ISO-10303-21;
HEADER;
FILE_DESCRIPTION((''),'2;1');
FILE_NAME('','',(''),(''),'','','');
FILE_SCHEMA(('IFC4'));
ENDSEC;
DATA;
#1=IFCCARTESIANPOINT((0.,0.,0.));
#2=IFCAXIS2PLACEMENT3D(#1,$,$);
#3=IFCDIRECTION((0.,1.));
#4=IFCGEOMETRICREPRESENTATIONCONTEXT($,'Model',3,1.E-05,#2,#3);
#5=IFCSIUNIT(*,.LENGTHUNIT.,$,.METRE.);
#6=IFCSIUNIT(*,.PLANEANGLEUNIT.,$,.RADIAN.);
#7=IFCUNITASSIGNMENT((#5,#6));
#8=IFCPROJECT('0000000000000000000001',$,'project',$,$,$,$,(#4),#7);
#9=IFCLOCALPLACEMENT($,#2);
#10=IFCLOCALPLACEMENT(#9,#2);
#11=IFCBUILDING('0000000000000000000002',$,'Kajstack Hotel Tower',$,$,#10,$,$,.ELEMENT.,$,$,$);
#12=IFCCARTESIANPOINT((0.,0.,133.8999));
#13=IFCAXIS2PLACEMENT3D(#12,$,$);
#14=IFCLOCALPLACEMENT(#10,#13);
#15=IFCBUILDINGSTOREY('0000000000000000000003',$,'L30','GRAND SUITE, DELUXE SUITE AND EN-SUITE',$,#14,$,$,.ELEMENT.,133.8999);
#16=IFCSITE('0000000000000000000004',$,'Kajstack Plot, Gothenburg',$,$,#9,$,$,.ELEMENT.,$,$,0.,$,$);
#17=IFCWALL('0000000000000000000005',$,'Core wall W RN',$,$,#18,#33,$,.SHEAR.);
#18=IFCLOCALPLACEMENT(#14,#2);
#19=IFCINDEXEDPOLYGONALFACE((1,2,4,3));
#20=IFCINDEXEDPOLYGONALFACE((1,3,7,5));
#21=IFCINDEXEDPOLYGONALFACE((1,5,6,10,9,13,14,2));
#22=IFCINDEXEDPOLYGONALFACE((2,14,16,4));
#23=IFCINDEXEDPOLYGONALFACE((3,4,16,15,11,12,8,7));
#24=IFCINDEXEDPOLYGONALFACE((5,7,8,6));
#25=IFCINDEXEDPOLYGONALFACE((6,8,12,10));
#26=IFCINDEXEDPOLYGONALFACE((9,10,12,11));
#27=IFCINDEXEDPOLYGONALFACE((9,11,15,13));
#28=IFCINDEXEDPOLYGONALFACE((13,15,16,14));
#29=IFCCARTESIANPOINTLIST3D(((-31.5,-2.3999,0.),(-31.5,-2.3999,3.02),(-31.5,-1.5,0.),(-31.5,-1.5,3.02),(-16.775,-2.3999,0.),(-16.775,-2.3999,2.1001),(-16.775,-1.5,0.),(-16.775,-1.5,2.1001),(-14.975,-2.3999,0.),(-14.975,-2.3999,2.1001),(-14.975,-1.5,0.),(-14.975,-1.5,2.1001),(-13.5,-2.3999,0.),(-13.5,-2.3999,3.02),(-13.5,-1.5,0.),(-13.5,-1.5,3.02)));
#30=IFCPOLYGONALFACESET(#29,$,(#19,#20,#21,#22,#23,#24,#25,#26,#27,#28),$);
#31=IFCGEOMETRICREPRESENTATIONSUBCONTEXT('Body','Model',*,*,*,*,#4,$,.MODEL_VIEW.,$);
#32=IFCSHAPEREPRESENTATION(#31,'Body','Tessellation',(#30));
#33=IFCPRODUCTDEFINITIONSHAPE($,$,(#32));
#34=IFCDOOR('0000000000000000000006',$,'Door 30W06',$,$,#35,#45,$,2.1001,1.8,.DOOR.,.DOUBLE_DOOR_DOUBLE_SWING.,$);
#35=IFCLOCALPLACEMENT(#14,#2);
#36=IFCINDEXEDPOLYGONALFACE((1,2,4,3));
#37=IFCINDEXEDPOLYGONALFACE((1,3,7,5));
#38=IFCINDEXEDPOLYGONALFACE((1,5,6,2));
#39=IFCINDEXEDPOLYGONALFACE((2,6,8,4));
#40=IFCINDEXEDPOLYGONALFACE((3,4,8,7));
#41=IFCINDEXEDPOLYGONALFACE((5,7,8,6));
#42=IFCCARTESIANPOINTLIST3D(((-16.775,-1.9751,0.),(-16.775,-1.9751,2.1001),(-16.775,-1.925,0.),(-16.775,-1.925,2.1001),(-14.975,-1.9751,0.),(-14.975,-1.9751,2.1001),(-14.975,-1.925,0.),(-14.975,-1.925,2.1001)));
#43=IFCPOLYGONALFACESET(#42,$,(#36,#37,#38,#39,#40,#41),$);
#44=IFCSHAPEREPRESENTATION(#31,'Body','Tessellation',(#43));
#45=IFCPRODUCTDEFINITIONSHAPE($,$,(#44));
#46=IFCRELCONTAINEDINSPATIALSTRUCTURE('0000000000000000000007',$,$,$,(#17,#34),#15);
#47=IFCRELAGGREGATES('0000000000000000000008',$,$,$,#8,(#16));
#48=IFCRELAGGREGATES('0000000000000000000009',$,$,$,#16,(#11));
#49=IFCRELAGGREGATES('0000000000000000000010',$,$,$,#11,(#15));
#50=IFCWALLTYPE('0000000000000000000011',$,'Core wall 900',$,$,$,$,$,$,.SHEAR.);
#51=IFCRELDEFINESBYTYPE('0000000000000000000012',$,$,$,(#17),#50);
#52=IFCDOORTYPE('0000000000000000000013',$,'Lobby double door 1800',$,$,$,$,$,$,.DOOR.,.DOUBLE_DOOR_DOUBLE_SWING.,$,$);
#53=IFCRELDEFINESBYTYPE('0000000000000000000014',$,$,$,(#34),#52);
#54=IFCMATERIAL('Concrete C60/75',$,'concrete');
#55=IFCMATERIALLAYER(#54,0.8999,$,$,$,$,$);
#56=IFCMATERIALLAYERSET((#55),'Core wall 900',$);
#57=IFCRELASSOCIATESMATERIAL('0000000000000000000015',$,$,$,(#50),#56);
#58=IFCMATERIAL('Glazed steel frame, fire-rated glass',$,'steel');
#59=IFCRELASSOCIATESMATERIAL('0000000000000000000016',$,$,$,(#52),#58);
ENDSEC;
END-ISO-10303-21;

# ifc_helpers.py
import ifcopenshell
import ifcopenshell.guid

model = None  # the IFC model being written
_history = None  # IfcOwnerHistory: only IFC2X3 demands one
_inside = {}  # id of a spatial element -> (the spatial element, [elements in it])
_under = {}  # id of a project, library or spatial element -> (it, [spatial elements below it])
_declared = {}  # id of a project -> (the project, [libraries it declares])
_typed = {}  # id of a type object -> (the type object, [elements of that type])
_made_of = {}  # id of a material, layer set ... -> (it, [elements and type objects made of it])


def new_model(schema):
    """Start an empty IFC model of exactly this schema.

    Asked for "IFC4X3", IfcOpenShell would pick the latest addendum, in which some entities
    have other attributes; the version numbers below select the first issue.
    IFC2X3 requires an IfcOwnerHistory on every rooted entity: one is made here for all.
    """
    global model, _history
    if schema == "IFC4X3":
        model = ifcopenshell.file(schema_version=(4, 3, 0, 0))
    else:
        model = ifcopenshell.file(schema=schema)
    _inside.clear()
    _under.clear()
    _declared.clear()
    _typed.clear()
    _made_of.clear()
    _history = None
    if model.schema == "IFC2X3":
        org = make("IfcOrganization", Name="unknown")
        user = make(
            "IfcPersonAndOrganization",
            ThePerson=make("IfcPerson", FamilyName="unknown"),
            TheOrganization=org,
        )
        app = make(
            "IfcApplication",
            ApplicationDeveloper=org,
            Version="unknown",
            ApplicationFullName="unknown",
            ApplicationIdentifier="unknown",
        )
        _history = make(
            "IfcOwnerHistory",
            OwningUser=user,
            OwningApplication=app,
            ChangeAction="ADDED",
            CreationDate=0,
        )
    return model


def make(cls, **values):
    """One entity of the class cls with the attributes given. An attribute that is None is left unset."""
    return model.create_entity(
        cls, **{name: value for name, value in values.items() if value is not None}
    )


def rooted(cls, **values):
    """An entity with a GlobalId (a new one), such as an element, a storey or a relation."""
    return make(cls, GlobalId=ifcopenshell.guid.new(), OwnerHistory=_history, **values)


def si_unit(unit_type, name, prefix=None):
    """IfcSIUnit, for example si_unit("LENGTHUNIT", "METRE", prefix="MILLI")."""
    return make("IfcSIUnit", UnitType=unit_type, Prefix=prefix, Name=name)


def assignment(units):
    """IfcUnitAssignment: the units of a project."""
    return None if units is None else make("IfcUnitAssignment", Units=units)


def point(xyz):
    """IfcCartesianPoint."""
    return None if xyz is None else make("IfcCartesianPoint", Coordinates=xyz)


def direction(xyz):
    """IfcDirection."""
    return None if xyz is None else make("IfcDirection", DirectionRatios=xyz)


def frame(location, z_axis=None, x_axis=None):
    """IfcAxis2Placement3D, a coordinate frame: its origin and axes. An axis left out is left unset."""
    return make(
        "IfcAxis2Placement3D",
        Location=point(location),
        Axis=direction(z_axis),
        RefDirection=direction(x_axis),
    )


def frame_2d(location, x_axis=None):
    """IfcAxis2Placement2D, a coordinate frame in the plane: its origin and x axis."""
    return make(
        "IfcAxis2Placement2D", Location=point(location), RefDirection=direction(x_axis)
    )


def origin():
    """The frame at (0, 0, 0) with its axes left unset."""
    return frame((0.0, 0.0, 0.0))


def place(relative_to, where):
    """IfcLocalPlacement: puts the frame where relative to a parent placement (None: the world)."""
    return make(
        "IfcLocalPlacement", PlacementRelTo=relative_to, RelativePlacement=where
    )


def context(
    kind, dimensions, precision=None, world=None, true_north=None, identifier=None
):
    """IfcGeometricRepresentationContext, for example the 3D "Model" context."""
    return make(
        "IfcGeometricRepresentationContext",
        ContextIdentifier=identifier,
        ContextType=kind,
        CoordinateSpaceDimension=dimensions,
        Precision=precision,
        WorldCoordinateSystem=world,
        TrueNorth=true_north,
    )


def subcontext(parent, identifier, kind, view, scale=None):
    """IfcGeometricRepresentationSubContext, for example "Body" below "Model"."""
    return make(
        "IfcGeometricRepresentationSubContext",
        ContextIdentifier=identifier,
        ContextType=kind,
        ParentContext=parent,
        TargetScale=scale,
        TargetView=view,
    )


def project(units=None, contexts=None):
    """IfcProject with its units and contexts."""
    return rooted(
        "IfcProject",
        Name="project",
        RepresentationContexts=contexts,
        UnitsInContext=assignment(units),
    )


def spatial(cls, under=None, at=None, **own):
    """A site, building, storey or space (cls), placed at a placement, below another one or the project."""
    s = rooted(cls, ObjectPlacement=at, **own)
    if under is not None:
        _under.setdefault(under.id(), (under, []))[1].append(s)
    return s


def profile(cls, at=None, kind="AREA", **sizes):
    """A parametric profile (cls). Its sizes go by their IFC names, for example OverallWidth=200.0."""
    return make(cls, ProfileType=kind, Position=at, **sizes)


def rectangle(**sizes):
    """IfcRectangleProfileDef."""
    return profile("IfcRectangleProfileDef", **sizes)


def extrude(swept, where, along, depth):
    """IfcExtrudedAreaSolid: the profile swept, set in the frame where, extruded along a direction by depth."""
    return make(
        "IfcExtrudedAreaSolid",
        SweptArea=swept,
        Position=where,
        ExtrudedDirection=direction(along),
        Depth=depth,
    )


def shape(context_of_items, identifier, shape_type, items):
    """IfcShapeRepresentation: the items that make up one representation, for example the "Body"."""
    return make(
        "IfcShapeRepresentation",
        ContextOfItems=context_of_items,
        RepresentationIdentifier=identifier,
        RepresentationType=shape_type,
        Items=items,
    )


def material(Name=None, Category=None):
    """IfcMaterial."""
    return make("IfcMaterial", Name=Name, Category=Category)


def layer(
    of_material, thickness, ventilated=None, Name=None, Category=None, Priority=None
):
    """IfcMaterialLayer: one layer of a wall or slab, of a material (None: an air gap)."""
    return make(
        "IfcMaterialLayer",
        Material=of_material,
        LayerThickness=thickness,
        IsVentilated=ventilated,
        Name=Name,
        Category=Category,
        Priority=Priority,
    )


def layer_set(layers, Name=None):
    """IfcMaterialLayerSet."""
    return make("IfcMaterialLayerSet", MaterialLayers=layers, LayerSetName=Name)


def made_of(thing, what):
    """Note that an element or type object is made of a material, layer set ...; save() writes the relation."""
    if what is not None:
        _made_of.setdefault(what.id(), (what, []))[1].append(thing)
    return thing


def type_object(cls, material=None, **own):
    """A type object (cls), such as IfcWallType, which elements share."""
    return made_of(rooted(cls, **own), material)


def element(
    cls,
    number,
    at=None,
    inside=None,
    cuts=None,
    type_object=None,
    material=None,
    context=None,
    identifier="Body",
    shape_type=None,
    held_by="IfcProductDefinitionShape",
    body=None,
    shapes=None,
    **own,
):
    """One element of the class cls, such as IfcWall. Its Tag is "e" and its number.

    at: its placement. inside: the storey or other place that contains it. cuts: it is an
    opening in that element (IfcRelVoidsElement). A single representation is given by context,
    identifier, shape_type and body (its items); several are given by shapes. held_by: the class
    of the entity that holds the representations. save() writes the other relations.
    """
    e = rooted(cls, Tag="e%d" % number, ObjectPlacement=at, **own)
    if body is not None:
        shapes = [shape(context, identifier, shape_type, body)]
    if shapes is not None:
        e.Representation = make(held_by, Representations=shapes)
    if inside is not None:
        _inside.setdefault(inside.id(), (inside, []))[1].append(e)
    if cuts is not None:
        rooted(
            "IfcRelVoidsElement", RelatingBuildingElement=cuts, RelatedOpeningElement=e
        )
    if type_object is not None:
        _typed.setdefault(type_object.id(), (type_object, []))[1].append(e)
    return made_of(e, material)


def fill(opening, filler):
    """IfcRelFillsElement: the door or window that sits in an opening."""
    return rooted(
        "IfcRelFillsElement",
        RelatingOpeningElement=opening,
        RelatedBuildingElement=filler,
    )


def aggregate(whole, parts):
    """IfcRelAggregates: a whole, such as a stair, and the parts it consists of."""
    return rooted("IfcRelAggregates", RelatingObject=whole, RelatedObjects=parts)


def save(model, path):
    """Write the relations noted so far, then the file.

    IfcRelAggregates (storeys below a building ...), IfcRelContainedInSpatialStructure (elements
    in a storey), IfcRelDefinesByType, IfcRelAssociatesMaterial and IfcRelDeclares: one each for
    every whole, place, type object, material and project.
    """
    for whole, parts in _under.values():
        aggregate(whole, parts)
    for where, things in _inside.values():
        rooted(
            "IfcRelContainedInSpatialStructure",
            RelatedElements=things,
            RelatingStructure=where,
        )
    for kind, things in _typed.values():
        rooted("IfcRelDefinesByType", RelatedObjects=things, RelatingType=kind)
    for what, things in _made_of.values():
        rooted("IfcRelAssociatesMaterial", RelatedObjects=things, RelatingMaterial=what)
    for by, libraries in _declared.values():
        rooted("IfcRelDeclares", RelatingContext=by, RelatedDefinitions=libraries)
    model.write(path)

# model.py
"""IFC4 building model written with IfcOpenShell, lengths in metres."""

from ifc_helpers import new_model, si_unit, direction, frame, frame_2d, origin, place, context, subcontext, project, spatial, rectangle, extrude, material, layer, layer_set, type_object, element, fill, save


model = new_model("IFC4")

# Units and contexts
model_context = context("Model", 3, precision=1e-05, world=origin(), true_north=direction((0.0, 1.0)))
body_context = subcontext(model_context, "Body", "Model", "MODEL_VIEW")
ifc_project = project(units=[si_unit("LENGTHUNIT", "METRE"), si_unit("PLANEANGLEUNIT", "RADIAN")], contexts=[model_context])

# Site, building, storey
site_placement = place(None, origin())
site = spatial("IfcSite", under=ifc_project, at=site_placement, Name="Kajstack Plot, Gothenburg", CompositionType="ELEMENT", RefElevation=0.0)
building_placement = place(site_placement, origin())
building = spatial("IfcBuilding", under=site, at=building_placement, Name="Kajstack Hotel Tower", CompositionType="ELEMENT")
storey_placement = place(building_placement, frame((0.0, 0.0, 133.8999)))
storey = spatial("IfcBuildingStorey", under=building, at=storey_placement, Name="L30", Description="GRAND SUITE, DELUXE SUITE AND EN-SUITE", CompositionType="ELEMENT", Elevation=133.8999)

# Wall, opening, door
ifc_material_1 = material(Name="Concrete C60/75", Category="concrete")
ifc_layer_1 = layer(ifc_material_1, 0.8999)
ifc_layer_set_1 = layer_set([ifc_layer_1], Name="Core wall 900")
wall_type_1 = type_object("IfcWallType", Name="Core wall 900", PredefinedType="SHEAR", material=ifc_layer_set_1)
wall_1_placement = place(storey_placement, frame((-31.5, -1.95, 0.0), z_axis=(0.0, 0.0, 1.0), x_axis=(1.0, 0.0, 0.0)))
wall_1 = element("IfcWall", 1, at=wall_1_placement, inside=storey, type_object=wall_type_1, Name="Core wall W RN", PredefinedType="SHEAR", context=body_context, shape_type="SweptSolid", body=[
    extrude(rectangle(XDim=18.0, YDim=0.8999, at=frame_2d((9.0, 0.0))), origin(), (0.0, 0.0, 1.0), 3.02),
])
opening_1_placement = place(wall_1_placement, frame((14.7251, 0.0, 0.0)))
opening_1 = element("IfcOpeningElement", 2, at=opening_1_placement, cuts=wall_1, PredefinedType="OPENING", context=body_context, shape_type="SweptSolid", body=[
    extrude(rectangle(XDim=1.8, YDim=2.1001, at=frame_2d((0.8999, 1.05))), frame((0.0, 0.46, 0.0), z_axis=(0.0, -1.0, 0.0), x_axis=(1.0, 0.0, 0.0)), (0.0, 0.0, 1.0), 0.9199),
])
ifc_material_2 = material(Name="Glazed steel frame, fire-rated glass", Category="steel")
door_type_1 = type_object("IfcDoorType", Name="Lobby double door 1800", OperationType="DOUBLE_DOOR_DOUBLE_SWING", PredefinedType="DOOR", material=ifc_material_2)
door_1_placement = place(opening_1_placement, origin())
door_1 = element("IfcDoor", 3, at=door_1_placement, inside=storey, type_object=door_type_1, Name="Door 30W06", OperationType="DOUBLE_DOOR_DOUBLE_SWING", OverallHeight=2.1001, OverallWidth=1.8, PredefinedType="DOOR", context=body_context, shape_type="SweptSolid", body=[
    extrude(rectangle(XDim=1.8, YDim=2.1001, at=frame_2d((0.8999, 1.05))), frame((0.0, 0.0249, 0.0), z_axis=(0.0, -1.0, 0.0), x_axis=(1.0, 0.0, 0.0)), (0.0, 0.0, 1.0), 0.05),
])
fill(opening_1, door_1)

save(model, "model.ifc")
